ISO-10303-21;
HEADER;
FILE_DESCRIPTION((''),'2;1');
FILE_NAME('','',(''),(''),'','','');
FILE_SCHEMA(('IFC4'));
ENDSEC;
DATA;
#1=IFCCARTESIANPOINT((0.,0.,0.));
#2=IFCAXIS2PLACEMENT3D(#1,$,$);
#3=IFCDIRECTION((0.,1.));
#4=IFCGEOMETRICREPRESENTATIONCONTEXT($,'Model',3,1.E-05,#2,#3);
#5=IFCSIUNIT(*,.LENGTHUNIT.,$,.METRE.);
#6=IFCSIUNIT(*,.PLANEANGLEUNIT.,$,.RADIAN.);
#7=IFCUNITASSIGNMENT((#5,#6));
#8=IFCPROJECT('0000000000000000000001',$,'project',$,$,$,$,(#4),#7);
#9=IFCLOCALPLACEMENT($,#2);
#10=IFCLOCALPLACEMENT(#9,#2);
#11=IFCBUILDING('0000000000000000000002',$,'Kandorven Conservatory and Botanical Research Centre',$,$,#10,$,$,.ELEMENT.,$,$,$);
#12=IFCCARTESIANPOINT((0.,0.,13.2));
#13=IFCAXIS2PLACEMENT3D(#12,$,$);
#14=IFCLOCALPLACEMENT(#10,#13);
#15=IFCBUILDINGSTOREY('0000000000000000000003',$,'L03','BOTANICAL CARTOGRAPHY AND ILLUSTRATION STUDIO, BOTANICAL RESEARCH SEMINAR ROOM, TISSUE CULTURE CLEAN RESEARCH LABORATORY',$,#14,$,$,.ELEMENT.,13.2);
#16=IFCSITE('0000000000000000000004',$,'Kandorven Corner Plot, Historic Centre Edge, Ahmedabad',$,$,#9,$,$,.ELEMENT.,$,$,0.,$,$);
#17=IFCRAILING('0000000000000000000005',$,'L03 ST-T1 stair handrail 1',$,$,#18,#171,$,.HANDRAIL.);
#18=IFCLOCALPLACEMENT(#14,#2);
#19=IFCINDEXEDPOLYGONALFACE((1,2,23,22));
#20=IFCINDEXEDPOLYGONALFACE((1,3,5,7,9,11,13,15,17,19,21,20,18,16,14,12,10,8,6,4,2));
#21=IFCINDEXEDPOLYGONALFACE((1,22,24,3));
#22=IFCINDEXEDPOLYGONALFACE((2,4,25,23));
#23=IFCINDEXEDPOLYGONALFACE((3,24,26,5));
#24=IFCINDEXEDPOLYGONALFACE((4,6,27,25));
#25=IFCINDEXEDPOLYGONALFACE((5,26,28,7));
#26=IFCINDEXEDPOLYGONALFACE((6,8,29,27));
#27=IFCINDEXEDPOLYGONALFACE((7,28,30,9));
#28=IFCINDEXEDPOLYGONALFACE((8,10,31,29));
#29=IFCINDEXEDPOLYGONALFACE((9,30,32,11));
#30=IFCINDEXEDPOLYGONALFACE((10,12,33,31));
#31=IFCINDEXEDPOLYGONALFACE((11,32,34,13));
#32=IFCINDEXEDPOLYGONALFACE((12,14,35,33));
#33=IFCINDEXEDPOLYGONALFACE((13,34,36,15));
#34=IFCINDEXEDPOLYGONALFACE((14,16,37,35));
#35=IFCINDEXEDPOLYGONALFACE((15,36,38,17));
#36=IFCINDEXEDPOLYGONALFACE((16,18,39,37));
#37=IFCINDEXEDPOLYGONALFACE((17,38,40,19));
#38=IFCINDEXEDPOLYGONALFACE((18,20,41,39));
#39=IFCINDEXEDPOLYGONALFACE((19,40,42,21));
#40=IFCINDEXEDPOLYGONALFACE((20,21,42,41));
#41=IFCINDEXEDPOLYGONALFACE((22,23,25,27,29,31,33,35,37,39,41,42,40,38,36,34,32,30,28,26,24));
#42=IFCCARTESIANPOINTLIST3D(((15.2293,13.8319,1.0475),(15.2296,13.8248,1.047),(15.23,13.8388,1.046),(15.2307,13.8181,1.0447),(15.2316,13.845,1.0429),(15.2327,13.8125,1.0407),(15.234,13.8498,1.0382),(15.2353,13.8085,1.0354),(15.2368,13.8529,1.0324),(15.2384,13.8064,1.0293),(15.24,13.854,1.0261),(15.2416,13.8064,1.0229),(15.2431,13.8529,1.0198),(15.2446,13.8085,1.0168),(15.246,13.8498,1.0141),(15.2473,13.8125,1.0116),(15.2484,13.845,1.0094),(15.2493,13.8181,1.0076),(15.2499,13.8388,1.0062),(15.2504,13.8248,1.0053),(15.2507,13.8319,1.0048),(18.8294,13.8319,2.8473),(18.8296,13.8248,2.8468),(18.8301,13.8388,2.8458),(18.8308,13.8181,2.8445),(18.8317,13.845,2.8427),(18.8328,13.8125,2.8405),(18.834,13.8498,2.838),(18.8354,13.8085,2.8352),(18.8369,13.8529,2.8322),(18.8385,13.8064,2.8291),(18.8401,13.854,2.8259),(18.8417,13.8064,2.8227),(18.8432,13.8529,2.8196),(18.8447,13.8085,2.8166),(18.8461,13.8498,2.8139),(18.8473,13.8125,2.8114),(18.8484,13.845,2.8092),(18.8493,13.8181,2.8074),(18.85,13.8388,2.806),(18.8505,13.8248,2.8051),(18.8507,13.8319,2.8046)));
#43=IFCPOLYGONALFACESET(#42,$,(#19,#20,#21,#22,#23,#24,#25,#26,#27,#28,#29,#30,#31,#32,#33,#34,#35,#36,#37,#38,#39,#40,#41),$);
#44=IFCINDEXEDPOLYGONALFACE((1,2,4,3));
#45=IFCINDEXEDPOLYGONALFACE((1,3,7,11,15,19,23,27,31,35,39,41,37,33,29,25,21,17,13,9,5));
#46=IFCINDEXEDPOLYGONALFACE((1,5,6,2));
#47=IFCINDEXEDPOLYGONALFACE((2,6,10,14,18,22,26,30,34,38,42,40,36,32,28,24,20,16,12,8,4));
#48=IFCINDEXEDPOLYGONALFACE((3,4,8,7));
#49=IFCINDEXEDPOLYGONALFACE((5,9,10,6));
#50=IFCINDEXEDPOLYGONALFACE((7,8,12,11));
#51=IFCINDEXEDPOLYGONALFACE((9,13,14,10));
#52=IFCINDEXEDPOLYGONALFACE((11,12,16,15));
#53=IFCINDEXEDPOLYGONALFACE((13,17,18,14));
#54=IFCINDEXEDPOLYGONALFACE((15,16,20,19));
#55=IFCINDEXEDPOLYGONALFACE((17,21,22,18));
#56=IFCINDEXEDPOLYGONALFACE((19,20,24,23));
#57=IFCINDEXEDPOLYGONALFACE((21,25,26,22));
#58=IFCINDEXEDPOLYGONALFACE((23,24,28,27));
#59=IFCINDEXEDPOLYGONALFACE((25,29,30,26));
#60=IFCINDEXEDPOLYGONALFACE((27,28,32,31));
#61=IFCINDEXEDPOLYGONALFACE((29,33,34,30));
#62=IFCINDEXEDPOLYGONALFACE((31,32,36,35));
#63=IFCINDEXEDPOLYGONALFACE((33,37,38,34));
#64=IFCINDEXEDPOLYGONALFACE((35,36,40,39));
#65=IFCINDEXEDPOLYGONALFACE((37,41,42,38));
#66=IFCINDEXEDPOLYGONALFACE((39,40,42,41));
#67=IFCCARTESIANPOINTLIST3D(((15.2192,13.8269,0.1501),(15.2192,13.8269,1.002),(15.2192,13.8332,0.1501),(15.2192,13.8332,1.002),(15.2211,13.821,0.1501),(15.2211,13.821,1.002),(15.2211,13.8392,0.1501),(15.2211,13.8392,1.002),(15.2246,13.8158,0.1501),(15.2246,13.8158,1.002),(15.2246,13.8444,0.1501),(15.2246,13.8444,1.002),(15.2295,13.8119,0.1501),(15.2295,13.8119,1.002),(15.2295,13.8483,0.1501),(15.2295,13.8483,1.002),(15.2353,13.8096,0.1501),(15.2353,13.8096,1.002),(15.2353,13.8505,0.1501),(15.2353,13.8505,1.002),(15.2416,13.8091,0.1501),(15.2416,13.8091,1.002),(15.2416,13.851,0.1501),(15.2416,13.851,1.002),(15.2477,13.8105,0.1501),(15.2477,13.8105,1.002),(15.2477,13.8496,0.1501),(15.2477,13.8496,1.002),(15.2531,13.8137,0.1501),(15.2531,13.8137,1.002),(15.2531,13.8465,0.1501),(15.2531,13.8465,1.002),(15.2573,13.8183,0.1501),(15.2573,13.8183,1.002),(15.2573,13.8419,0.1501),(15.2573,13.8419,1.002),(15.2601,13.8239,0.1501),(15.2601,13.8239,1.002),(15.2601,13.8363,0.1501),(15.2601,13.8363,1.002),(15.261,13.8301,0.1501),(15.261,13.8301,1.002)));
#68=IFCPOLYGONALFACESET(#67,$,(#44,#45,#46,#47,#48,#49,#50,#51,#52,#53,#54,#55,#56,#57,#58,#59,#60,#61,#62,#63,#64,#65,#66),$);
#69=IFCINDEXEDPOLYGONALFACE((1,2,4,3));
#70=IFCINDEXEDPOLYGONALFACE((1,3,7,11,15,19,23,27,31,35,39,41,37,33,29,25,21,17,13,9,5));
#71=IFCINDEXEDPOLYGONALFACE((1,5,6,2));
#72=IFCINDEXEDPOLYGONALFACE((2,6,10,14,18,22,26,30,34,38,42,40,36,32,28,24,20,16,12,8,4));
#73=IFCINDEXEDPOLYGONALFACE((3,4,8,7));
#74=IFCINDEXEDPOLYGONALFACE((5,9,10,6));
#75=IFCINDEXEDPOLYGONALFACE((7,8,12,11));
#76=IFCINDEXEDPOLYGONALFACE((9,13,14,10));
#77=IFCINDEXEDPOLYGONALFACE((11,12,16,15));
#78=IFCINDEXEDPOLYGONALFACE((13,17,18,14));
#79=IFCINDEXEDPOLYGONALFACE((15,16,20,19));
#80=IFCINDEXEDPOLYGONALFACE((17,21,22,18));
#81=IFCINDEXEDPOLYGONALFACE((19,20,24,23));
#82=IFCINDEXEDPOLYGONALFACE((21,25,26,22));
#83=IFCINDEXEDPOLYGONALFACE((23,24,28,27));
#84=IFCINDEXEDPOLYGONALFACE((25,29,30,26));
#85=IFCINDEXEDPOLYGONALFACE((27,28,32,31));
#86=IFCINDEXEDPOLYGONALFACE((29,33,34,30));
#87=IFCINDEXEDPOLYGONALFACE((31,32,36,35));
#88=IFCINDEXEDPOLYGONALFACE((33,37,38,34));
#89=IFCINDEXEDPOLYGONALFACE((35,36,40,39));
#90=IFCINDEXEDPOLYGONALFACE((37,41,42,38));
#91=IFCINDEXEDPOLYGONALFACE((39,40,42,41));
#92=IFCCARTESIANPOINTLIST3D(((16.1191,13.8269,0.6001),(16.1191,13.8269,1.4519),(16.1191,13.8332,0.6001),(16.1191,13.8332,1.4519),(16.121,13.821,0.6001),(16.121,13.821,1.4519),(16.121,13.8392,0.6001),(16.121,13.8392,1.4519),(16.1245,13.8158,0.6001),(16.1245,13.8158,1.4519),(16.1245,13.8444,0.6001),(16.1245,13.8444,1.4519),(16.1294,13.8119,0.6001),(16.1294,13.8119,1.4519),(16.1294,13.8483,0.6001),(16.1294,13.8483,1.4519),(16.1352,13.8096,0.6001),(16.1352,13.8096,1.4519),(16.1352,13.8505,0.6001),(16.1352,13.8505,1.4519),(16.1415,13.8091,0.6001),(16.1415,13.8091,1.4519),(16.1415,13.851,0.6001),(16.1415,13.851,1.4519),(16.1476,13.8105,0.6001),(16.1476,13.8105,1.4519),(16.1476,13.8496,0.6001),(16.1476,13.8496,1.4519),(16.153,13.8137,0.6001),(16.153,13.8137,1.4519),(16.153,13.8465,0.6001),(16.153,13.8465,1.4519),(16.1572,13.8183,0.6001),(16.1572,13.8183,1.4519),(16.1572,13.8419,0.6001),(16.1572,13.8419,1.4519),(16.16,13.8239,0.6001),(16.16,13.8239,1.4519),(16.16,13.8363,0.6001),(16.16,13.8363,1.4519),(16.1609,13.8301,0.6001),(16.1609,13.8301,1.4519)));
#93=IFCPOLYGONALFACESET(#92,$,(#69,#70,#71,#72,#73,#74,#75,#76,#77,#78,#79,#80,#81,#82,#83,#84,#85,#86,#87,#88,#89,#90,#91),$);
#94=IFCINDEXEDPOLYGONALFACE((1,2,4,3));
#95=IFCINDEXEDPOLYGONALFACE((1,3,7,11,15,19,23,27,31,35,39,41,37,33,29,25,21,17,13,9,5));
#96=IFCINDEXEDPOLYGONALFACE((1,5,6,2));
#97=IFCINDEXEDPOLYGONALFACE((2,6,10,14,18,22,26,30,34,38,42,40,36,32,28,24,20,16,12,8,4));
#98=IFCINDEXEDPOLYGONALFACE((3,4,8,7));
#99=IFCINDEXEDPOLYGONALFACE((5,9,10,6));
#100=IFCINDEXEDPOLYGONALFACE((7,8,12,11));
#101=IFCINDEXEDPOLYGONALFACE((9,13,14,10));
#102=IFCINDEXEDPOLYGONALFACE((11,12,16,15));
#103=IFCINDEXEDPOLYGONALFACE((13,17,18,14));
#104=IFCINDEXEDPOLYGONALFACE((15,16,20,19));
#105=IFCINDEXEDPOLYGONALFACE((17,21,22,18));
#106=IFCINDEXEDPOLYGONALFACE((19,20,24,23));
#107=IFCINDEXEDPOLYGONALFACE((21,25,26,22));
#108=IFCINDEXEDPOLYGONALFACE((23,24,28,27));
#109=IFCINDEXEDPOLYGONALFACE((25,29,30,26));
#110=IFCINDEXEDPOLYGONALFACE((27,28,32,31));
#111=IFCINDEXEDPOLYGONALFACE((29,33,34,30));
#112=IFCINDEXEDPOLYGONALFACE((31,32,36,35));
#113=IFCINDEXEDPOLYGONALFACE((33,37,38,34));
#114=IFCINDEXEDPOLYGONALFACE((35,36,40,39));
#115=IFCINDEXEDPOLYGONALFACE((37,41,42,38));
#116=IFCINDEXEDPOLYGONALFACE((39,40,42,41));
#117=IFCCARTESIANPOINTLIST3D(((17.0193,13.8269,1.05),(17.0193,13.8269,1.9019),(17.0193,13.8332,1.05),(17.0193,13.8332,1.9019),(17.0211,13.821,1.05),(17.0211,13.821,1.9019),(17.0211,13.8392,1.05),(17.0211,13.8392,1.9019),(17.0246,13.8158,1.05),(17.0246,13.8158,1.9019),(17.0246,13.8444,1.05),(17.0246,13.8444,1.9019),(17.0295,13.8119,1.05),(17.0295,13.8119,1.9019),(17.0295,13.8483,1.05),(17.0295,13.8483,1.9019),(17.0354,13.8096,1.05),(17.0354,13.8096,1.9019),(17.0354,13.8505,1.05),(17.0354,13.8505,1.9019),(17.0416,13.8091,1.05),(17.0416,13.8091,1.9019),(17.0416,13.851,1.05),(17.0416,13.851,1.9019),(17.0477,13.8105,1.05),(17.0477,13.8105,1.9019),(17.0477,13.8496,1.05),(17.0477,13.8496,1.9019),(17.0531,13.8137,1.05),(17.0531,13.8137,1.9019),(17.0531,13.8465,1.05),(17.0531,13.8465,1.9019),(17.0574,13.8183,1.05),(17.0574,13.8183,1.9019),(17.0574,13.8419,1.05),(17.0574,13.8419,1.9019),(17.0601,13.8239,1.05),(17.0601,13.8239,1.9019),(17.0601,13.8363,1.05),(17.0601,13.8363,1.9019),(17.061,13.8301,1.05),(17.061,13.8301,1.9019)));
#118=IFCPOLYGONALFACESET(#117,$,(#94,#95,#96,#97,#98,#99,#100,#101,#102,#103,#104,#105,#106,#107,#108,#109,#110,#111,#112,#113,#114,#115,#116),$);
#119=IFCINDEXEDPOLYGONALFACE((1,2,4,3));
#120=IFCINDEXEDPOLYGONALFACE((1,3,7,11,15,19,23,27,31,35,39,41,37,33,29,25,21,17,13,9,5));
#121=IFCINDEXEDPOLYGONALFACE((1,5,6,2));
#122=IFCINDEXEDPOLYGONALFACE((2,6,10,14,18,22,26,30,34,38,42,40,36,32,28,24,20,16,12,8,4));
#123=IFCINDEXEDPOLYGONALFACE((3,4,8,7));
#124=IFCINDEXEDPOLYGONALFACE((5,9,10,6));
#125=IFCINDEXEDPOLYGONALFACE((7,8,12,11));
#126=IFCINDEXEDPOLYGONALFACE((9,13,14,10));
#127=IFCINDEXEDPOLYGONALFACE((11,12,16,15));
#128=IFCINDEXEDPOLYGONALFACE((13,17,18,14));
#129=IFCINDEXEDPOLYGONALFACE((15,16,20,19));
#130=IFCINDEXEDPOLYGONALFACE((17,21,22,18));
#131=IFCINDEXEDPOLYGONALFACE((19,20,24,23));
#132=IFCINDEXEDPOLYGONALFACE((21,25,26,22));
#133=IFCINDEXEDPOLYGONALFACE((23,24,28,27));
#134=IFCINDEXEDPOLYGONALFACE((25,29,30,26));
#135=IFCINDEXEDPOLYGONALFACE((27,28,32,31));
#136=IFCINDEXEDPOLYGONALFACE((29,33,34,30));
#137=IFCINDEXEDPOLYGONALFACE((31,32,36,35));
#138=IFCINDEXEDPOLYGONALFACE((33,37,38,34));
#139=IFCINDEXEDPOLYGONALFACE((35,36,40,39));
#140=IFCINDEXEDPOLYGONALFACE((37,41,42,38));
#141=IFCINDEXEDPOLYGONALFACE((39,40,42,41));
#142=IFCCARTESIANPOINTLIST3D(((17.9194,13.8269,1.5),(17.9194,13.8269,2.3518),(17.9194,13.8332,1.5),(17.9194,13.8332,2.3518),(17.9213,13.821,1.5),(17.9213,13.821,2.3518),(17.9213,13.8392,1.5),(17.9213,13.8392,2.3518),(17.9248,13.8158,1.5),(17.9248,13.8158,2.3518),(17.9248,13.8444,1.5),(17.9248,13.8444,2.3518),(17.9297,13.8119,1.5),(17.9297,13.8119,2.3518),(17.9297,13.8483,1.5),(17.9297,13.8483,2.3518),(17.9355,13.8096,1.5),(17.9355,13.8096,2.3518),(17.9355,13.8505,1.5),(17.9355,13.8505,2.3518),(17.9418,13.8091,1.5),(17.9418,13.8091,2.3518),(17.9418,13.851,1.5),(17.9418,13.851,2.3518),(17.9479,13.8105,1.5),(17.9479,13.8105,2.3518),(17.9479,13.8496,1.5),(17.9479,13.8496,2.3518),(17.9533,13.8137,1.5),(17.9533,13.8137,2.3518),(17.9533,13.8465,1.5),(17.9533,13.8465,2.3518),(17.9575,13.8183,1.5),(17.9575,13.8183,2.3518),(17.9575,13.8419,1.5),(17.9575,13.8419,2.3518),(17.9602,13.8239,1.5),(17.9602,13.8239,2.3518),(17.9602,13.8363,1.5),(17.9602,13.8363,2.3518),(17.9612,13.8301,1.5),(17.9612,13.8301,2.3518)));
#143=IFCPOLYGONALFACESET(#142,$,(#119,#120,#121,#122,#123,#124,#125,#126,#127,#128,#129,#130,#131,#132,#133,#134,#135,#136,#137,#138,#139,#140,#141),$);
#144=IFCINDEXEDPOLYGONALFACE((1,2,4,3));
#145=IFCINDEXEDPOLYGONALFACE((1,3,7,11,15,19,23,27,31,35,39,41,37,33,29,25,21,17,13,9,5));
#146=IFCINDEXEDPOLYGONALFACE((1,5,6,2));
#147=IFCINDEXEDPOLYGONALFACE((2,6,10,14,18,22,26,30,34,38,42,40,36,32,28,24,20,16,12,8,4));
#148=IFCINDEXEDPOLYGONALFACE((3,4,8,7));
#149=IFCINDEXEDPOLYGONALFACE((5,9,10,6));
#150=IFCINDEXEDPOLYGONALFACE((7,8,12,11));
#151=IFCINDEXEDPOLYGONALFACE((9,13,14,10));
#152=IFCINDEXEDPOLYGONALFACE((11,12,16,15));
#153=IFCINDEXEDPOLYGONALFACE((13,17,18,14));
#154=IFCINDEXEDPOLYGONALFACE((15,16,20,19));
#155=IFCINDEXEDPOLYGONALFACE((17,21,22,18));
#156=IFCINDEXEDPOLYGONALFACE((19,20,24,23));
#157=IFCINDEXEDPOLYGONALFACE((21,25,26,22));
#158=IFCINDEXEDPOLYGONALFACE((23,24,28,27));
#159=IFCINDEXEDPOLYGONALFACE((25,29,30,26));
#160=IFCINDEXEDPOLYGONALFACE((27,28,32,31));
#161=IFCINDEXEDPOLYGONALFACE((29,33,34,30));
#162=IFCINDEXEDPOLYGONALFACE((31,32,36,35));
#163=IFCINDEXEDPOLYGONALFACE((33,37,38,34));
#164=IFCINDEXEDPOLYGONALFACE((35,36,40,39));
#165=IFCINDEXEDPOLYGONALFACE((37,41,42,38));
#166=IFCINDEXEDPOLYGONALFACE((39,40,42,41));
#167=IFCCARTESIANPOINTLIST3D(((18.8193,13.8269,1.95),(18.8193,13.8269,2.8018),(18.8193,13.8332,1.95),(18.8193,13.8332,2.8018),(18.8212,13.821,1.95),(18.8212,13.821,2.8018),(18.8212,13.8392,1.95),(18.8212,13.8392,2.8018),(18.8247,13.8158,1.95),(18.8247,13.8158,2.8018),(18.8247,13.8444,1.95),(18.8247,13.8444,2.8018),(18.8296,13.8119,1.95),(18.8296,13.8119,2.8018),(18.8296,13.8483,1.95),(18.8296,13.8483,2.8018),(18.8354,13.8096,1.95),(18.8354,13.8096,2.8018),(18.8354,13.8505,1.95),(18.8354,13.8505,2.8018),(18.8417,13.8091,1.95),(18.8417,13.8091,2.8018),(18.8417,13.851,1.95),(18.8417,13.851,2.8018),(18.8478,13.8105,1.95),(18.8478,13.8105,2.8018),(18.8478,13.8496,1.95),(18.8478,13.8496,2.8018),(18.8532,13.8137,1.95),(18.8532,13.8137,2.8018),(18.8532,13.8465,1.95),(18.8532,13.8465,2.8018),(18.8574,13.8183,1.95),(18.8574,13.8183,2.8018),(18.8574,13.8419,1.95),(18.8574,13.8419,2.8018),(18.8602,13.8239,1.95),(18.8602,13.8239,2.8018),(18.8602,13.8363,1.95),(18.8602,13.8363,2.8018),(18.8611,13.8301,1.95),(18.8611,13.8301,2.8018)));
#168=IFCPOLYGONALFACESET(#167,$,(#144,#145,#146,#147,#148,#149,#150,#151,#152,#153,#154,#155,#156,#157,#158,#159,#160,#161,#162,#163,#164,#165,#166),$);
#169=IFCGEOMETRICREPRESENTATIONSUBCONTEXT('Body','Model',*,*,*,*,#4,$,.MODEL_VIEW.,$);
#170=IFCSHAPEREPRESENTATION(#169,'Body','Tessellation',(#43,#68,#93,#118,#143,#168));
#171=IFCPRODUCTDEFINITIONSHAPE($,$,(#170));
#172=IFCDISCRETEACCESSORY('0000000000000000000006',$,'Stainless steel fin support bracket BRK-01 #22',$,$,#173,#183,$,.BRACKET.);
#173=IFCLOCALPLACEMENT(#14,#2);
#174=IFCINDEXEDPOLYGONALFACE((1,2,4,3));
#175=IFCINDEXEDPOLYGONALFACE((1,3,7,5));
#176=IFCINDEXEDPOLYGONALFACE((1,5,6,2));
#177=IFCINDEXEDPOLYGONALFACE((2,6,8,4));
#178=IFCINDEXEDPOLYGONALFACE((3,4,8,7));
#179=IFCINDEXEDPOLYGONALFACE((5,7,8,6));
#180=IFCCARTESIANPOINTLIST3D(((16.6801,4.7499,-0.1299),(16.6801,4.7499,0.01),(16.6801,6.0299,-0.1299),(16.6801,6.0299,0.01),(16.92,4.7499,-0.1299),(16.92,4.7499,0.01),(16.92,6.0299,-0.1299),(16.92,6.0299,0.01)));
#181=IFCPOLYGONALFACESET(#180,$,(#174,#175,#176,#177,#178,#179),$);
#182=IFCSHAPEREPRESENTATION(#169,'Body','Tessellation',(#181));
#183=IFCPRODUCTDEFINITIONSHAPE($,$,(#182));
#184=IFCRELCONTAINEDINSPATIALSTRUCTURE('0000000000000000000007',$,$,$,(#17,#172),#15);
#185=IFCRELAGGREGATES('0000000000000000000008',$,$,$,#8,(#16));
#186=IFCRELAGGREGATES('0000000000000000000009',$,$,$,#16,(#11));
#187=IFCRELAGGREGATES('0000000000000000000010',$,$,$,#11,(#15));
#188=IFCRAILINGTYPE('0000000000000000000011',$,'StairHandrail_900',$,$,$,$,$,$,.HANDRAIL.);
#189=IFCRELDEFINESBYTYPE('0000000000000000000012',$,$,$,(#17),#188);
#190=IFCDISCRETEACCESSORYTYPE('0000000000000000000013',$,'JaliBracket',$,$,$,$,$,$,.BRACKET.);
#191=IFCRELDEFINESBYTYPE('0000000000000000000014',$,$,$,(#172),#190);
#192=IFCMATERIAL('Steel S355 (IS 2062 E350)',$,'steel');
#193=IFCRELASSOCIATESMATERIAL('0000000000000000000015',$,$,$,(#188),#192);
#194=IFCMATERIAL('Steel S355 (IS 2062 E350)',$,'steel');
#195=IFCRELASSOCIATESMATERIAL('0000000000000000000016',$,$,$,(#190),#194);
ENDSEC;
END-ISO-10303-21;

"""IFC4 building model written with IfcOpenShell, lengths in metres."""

from ifc_helpers import new_model, si_unit, direction, frame, origin, origin_2d, place, context, subcontext, project, spatial, rectangle, circle, extrude, material, type_object, element, save


model = new_model("IFC4")

# Units and contexts
model_context = context("Model", 3, precision=1e-05, world=origin(), true_north=direction((0.0, 1.0)))
body_context = subcontext(model_context, "Body", "Model", "MODEL_VIEW")
ifc_project = project(units=[si_unit("LENGTHUNIT", "METRE"), si_unit("PLANEANGLEUNIT", "RADIAN")], contexts=[model_context])

# Site, building, storey
site_placement = place(None, origin())
site = spatial("IfcSite", under=ifc_project, at=site_placement, Name="Kandorven Corner Plot, Historic Centre Edge, Ahmedabad", CompositionType="ELEMENT", RefElevation=0.0)
building_placement = place(site_placement, origin())
building = spatial("IfcBuilding", under=site, at=building_placement, Name="Kandorven Conservatory and Botanical Research Centre", CompositionType="ELEMENT")
storey_placement = place(building_placement, frame((0.0, 0.0, 13.2)))
storey = spatial("IfcBuildingStorey", under=building, at=storey_placement, Name="L03", Description="BOTANICAL CARTOGRAPHY AND ILLUSTRATION STUDIO, BOTANICAL RESEARCH SEMINAR ROOM, TISSUE CULTURE CLEAN RESEARCH LABORATORY", CompositionType="ELEMENT", Elevation=13.2)

# Railing
ifc_material_1 = material(Name="Steel S355 (IS 2062 E350)", Category="steel")
railing_type_1 = type_object("IfcRailingType", Name="StairHandrail_900", PredefinedType="HANDRAIL", material=ifc_material_1)
railing_1_placement = place(storey_placement, frame((15.24, 13.8301, 0.1501)))
element("IfcRailing", 1, at=railing_1_placement, inside=storey, type_object=railing_type_1, Name="L03 ST-T1 stair handrail 1", PredefinedType="HANDRAIL", context=body_context, shape_type="SweptSolid", body=[
    extrude(circle(Radius=0.0239, at=origin_2d()), frame((0.0, 0.0, 0.876), z_axis=(0.894451, 0.0, 0.447165), x_axis=(0.0, 1.0, 0.0)), (0.0, 0.0, 1.0), 4.0249),
    extrude(circle(Radius=0.021, at=origin_2d()), origin(), (0.0, 0.0, 1.0), 0.8518),
    extrude(circle(Radius=0.021, at=origin_2d()), frame((0.8999, 0.0, 0.45)), (0.0, 0.0, 1.0), 0.8518),
    extrude(circle(Radius=0.021, at=origin_2d()), frame((1.8, 0.0, 0.8999)), (0.0, 0.0, 1.0), 0.8518),
    extrude(circle(Radius=0.021, at=origin_2d()), frame((2.7002, 0.0, 1.3499)), (0.0, 0.0, 1.0), 0.8518),
    extrude(circle(Radius=0.021, at=origin_2d()), frame((3.6001, 0.0, 1.7998)), (0.0, 0.0, 1.0), 0.8518),
])

# Discrete accessory
ifc_material_2 = material(Name="Steel S355 (IS 2062 E350)", Category="steel")
discrete_accessory_type = type_object("IfcDiscreteAccessoryType", Name="JaliBracket", PredefinedType="BRACKET", material=ifc_material_2)
discrete_accessory_placement = place(storey_placement, frame((16.8, 5.3899, -0.1299), z_axis=(0.0, 0.0, 1.0), x_axis=(1.0, 0.0, 0.0)))
element("IfcDiscreteAccessory", 2, at=discrete_accessory_placement, inside=storey, type_object=discrete_accessory_type, Name="Stainless steel fin support bracket BRK-01 #22", PredefinedType="BRACKET", context=body_context, shape_type="SweptSolid", body=[
    extrude(rectangle(XDim=0.24, YDim=1.28, at=origin_2d()), origin(), (0.0, 0.0, 1.0), 0.1399),
])

save(model, "model.ifc")
